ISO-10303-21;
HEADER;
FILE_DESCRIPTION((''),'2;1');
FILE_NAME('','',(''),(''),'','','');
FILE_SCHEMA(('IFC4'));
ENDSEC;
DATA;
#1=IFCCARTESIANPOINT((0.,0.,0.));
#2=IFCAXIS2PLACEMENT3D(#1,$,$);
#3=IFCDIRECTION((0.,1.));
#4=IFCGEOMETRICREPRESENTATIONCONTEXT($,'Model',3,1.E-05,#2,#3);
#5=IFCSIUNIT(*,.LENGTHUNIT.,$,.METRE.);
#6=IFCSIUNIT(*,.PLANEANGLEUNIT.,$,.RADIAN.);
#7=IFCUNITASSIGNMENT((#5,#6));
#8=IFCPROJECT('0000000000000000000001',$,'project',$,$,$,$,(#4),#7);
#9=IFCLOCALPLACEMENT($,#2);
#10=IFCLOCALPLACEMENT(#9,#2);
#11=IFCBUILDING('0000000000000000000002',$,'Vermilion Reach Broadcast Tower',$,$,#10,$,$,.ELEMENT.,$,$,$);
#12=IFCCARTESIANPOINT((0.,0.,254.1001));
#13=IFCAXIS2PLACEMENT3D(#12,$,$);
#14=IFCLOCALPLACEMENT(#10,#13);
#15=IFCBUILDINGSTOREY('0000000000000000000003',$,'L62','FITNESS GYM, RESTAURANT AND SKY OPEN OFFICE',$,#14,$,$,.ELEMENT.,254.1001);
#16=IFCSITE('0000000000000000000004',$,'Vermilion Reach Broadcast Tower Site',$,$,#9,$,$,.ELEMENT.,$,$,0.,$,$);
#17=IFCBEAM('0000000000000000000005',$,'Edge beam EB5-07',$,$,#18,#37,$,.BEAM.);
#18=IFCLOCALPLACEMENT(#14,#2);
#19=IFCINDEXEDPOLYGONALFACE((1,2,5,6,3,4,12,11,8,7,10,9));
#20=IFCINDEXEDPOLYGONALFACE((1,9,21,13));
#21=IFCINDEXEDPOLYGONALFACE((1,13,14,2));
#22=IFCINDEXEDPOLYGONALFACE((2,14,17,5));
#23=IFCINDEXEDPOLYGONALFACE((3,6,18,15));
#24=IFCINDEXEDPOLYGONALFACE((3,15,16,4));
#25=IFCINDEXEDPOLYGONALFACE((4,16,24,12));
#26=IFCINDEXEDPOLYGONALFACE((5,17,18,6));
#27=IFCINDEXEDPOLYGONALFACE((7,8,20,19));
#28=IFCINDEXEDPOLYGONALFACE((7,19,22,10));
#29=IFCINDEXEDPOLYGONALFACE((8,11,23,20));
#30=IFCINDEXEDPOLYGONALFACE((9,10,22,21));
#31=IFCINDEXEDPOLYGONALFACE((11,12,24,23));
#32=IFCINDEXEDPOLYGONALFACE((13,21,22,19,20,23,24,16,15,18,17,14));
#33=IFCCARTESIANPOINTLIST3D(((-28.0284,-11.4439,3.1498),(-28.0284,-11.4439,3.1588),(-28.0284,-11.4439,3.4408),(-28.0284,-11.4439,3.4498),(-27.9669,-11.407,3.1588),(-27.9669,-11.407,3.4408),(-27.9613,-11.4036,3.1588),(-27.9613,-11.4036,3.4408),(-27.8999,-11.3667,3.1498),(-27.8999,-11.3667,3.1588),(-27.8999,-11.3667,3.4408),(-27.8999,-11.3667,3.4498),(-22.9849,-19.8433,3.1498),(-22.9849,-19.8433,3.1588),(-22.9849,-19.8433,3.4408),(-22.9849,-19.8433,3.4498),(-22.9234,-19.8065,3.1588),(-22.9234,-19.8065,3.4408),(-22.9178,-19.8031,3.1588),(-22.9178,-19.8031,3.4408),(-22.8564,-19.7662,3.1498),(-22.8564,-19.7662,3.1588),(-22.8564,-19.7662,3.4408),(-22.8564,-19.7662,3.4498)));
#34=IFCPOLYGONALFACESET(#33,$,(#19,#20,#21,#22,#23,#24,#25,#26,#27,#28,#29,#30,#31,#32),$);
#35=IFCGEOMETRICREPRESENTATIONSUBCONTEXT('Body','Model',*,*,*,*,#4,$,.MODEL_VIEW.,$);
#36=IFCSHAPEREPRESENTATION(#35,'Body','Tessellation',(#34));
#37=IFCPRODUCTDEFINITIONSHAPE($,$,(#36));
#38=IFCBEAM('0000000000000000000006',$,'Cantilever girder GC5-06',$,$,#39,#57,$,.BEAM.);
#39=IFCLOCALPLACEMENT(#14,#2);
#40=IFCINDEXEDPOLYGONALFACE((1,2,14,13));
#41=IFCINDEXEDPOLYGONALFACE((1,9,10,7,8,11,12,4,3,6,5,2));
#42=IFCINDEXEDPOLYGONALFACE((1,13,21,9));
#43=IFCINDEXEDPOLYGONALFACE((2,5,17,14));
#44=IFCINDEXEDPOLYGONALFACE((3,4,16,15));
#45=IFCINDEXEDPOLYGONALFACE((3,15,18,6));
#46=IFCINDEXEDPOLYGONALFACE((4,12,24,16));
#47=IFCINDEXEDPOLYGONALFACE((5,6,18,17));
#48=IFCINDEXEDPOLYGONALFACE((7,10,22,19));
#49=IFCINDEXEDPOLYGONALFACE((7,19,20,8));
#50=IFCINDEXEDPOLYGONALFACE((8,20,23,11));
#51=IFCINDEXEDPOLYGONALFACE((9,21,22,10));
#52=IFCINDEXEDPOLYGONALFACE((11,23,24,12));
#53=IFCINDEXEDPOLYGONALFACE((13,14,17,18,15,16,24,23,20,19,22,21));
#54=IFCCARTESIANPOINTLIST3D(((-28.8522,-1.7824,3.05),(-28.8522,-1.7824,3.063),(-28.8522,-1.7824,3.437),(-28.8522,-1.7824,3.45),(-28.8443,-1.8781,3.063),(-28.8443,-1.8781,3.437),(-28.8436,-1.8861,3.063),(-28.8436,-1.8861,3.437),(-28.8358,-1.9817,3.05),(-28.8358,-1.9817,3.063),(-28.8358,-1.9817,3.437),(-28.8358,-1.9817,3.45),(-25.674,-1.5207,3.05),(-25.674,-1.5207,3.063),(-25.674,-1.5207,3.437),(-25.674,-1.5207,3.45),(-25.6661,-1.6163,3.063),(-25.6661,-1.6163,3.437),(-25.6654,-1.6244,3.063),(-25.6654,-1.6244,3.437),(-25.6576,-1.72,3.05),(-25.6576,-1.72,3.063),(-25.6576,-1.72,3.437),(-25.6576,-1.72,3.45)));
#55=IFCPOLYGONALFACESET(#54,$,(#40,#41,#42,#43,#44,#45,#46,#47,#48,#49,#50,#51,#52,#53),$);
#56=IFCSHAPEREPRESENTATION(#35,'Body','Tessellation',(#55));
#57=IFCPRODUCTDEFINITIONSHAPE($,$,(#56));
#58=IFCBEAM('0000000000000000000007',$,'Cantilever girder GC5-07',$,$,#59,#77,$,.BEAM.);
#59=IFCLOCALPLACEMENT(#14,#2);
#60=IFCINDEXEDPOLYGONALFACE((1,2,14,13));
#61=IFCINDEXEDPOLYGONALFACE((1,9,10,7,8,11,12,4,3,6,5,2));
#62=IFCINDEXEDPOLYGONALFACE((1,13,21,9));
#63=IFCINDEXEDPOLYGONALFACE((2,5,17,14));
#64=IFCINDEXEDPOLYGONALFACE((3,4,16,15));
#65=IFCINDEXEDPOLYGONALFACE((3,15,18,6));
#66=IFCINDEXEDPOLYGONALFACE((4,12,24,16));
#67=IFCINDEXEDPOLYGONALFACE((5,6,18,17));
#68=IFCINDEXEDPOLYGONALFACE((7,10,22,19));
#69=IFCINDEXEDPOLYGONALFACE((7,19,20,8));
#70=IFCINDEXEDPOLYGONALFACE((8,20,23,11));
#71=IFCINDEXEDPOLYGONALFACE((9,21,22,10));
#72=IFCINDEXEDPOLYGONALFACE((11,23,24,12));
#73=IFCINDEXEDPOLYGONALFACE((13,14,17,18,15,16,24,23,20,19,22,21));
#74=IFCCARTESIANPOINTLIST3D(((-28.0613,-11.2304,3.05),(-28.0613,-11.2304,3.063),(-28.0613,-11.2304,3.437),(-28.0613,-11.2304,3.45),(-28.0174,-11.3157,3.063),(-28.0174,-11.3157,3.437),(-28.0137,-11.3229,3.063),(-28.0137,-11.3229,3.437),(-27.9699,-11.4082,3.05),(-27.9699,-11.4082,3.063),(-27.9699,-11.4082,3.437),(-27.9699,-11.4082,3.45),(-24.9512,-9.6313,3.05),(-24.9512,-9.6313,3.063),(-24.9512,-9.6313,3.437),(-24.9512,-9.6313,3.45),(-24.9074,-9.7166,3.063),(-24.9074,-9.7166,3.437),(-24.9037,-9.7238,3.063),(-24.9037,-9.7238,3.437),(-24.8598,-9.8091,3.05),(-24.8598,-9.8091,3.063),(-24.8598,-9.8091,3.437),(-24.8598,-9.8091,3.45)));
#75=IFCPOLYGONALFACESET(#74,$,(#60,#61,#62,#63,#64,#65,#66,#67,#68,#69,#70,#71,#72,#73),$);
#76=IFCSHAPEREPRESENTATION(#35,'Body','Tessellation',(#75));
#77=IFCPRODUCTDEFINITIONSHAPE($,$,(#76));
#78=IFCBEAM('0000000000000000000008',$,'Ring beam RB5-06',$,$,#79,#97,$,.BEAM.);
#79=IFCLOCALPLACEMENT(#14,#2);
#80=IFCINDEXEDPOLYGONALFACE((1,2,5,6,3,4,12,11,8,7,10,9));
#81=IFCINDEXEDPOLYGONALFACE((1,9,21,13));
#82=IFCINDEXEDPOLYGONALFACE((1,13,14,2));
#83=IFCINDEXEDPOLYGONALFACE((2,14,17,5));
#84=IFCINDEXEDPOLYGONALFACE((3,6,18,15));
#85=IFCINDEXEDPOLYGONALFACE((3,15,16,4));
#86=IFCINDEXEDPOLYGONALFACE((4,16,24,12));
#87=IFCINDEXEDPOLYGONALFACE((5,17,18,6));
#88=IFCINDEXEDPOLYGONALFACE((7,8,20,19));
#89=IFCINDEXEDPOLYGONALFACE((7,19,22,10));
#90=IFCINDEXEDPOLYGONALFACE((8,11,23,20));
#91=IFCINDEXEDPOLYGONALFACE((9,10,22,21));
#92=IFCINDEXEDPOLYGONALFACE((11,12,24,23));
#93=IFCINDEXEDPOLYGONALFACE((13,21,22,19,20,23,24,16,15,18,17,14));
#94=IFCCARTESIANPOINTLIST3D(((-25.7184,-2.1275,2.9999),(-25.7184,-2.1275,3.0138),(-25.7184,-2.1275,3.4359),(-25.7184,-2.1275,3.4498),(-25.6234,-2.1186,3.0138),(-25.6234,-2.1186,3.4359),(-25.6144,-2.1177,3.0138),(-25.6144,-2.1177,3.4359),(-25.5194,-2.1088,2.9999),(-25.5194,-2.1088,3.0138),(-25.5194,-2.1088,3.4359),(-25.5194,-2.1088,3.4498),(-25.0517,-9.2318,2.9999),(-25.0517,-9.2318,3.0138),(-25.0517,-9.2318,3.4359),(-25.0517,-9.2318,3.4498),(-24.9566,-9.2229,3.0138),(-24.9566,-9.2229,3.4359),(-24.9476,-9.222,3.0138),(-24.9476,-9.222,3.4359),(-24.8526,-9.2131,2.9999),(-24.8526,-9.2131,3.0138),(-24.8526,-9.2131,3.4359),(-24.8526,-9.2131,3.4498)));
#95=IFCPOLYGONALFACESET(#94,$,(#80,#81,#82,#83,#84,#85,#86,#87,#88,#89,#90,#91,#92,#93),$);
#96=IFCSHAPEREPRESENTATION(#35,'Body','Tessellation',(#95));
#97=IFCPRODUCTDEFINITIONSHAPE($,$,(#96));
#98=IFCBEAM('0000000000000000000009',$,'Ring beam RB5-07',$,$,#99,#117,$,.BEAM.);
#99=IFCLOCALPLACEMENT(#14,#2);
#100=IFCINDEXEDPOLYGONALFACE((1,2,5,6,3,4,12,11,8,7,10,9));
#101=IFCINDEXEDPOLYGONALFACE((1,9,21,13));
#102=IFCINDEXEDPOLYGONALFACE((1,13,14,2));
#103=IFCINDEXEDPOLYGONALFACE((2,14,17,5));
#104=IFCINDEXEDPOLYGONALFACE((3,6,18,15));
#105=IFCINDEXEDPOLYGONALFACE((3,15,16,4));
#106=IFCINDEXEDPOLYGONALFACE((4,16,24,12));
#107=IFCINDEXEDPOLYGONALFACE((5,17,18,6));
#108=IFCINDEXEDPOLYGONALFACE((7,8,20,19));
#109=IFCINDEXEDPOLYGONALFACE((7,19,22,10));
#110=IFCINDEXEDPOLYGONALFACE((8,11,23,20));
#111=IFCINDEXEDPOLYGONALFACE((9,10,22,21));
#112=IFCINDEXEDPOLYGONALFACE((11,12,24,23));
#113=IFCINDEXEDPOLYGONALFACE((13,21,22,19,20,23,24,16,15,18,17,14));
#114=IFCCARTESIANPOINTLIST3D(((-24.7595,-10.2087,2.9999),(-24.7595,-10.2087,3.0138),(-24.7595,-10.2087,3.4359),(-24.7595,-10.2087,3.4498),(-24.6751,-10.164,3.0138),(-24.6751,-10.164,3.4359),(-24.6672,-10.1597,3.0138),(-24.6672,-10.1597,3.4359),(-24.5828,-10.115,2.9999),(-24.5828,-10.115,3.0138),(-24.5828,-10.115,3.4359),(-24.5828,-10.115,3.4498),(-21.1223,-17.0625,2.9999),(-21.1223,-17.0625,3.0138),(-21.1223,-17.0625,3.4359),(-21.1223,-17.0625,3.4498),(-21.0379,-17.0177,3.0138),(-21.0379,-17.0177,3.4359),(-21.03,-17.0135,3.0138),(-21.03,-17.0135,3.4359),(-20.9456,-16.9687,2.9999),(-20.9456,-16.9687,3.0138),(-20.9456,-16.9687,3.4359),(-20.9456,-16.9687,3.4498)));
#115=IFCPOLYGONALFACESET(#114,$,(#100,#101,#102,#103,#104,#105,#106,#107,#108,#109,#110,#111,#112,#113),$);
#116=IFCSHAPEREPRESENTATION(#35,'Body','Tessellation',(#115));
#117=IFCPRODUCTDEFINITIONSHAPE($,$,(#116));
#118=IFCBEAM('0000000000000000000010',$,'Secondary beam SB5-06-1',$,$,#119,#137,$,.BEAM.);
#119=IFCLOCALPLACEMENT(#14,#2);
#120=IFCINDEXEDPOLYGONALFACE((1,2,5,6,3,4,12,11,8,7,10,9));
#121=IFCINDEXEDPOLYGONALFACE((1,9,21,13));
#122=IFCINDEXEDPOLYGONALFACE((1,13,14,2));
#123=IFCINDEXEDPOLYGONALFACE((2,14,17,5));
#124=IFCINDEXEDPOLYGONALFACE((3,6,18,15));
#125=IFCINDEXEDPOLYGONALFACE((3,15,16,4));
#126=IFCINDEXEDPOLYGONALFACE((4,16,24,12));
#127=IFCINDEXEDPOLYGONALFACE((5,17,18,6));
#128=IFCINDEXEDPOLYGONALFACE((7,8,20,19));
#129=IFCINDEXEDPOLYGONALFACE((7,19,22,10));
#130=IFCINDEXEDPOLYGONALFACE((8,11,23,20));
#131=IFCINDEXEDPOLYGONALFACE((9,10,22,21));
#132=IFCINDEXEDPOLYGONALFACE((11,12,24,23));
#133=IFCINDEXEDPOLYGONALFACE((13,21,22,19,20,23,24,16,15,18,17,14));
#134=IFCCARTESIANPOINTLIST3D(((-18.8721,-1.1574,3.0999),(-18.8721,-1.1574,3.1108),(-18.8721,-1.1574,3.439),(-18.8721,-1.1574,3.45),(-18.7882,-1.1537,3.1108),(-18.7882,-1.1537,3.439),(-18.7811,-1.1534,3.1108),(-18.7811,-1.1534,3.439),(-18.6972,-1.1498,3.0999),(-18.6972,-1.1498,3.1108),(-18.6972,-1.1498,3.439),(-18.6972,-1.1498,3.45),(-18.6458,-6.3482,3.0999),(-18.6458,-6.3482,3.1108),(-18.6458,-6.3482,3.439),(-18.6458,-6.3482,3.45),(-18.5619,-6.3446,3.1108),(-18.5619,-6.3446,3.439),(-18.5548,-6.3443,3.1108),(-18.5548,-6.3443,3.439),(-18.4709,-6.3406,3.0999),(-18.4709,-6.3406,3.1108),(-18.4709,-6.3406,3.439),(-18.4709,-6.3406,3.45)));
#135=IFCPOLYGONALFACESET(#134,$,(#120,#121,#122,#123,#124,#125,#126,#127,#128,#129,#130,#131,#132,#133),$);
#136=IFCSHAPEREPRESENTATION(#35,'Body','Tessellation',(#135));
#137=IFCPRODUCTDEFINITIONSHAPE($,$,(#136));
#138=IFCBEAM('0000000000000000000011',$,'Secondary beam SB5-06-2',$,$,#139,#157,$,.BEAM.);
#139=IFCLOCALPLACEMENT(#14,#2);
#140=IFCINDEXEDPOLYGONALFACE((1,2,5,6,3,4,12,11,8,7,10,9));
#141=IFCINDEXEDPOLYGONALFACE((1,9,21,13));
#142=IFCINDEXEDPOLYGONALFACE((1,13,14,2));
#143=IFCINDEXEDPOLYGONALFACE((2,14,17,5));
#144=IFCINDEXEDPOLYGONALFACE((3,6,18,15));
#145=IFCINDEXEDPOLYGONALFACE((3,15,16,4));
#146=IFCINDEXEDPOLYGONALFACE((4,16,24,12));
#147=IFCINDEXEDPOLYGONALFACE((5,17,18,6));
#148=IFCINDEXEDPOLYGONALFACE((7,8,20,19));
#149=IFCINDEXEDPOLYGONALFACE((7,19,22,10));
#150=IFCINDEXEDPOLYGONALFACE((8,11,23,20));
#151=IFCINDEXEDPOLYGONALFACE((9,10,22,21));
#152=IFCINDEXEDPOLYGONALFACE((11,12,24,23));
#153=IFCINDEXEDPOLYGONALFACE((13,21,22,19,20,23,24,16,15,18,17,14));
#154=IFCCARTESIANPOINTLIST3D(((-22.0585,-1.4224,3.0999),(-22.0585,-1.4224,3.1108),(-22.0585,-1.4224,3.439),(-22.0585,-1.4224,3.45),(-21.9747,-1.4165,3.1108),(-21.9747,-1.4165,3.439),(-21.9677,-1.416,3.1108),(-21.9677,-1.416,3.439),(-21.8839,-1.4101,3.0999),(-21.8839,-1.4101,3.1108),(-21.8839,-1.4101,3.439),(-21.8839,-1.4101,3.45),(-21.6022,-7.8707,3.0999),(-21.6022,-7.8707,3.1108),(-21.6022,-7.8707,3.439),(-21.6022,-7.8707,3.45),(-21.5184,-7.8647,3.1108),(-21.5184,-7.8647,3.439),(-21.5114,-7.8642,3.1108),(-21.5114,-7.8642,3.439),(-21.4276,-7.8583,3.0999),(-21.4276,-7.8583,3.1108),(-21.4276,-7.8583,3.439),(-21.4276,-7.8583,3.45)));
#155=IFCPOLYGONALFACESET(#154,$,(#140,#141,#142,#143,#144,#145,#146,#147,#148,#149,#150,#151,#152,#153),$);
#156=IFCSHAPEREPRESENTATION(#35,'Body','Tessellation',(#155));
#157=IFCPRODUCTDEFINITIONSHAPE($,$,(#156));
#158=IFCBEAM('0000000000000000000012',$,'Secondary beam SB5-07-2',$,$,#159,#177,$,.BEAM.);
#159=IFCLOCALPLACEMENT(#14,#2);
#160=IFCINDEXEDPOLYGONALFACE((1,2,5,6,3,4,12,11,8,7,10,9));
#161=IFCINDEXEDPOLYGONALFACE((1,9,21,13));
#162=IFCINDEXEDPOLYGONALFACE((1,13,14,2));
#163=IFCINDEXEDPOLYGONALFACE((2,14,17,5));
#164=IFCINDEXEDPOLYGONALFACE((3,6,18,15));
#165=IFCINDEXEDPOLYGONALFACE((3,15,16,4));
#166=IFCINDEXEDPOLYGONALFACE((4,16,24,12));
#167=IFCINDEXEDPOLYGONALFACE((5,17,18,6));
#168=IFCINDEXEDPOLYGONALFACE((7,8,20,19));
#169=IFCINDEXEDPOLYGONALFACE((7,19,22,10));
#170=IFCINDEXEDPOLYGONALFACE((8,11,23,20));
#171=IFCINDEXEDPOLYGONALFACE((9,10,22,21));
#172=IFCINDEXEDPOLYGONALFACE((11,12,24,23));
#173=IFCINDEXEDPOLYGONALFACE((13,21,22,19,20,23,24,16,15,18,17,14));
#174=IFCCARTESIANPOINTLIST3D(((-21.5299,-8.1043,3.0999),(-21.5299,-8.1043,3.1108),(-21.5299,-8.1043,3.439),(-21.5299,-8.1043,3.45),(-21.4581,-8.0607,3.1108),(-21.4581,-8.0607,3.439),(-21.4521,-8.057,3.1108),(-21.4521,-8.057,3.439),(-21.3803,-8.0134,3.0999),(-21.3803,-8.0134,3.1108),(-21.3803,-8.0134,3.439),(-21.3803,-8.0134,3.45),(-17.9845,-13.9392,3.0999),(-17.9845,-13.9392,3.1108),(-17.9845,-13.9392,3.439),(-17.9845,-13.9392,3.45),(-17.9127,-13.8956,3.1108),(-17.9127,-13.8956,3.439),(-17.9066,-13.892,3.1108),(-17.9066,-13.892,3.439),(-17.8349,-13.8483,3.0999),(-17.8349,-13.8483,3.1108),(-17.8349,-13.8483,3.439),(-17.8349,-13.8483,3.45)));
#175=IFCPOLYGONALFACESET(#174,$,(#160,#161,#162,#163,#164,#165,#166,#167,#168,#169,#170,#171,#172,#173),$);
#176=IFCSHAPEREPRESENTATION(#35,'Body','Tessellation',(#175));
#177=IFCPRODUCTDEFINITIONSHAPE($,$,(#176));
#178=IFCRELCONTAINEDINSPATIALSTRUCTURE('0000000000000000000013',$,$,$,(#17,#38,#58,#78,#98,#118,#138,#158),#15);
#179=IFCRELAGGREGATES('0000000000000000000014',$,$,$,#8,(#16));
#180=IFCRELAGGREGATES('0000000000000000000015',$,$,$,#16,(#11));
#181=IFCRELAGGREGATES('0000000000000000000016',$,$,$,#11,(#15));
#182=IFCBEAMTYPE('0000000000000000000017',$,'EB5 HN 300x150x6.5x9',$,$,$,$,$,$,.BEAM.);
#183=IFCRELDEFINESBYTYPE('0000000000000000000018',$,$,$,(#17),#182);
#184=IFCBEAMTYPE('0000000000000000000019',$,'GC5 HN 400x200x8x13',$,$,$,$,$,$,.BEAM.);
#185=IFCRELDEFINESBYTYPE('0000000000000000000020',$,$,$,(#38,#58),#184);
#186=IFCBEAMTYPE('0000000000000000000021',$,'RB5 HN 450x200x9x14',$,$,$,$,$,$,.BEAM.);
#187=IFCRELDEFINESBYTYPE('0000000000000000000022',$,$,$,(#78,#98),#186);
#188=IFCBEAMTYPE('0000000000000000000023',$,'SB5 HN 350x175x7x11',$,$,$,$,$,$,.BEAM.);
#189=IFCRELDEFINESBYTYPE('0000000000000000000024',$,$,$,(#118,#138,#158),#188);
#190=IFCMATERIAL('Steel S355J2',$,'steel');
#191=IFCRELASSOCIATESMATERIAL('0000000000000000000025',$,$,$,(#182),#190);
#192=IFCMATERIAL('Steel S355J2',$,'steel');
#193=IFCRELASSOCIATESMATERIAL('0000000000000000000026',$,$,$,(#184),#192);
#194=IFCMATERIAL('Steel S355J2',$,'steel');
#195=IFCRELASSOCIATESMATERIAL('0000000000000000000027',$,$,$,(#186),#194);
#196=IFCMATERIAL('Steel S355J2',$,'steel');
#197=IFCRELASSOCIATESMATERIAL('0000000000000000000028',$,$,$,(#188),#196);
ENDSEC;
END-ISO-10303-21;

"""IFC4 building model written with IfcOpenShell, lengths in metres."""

from ifc_helpers import new_model, si_unit, direction, frame, origin, origin_2d, place, context, subcontext, project, spatial, i_section, extrude, material, material_profile, profile_set, type_object, element, save


model = new_model("IFC4")

# Units and contexts
model_context = context("Model", 3, precision=1e-05, world=origin(), true_north=direction((0.0, 1.0)))
body_context = subcontext(model_context, "Body", "Model", "MODEL_VIEW")
ifc_project = project(units=[si_unit("LENGTHUNIT", "METRE"), si_unit("PLANEANGLEUNIT", "RADIAN")], contexts=[model_context])

# Site, building, storey
site_placement = place(None, origin())
site = spatial("IfcSite", under=ifc_project, at=site_placement, Name="Vermilion Reach Broadcast Tower Site", CompositionType="ELEMENT", RefElevation=0.0)
building_placement = place(site_placement, origin())
building = spatial("IfcBuilding", under=site, at=building_placement, Name="Vermilion Reach Broadcast Tower", CompositionType="ELEMENT")
storey_placement = place(building_placement, frame((0.0, 0.0, 254.1001)))
storey = spatial("IfcBuildingStorey", under=building, at=storey_placement, Name="L62", Description="FITNESS GYM, RESTAURANT AND SKY OPEN OFFICE", CompositionType="ELEMENT", Elevation=254.1001)

# Beams
ifc_material_1 = material(Name="Steel S355J2", Category="steel")
ifc_material_profile_1 = material_profile(ifc_material_1, i_section(OverallWidth=0.1499, OverallDepth=0.3, WebThickness=0.0066, FlangeThickness=0.009, at=origin_2d()), Name="S355J2 HN 300x150x6.5x9")
ifc_profile_set_1 = profile_set([ifc_material_profile_1], Name="Steel S355J2")
beam_type_1 = type_object("IfcBeamType", Name="EB5 HN 300x150x6.5x9", PredefinedType="BEAM", material=ifc_profile_set_1)
beam_1_placement = place(storey_placement, frame((-27.9641, -11.4053, 3.2998), z_axis=(0.514782, -0.857321, 0.0), x_axis=(0.857321, 0.514782, 0.0)))
element("IfcBeam", 1, at=beam_1_placement, inside=storey, type_object=beam_type_1, Name="Edge beam EB5-07", PredefinedType="BEAM", context=body_context, shape_type="SweptSolid", body=[
    extrude(i_section(OverallWidth=0.1499, OverallDepth=0.3, WebThickness=0.0066, FlangeThickness=0.009, at=origin_2d()), origin(), (0.0, 0.0, 1.0), 9.7974),
])
ifc_material_2 = material(Name="Steel S355J2", Category="steel")
ifc_material_profile_2 = material_profile(ifc_material_2, i_section(OverallWidth=0.2, OverallDepth=0.3999, WebThickness=0.0081, FlangeThickness=0.0129, at=origin_2d()), Name="S355J2 HN 400x200x8x13")
ifc_profile_set_2 = profile_set([ifc_material_profile_2], Name="Steel S355J2")
beam_type_2 = type_object("IfcBeamType", Name="GC5 HN 400x200x8x13", PredefinedType="BEAM", material=ifc_profile_set_2)
beam_2_placement = place(storey_placement, frame((-25.6658, -1.6204, 3.25), z_axis=(-0.996627, -0.08207, 0.0), x_axis=(0.08207, -0.996627, 0.0)))
element("IfcBeam", 2, at=beam_2_placement, inside=storey, type_object=beam_type_2, Name="Cantilever girder GC5-06", PredefinedType="BEAM", context=body_context, shape_type="SweptSolid", body=[
    extrude(i_section(OverallWidth=0.2, OverallDepth=0.3999, WebThickness=0.0081, FlangeThickness=0.0129, at=origin_2d()), origin(), (0.0, 0.0, 1.0), 3.189),
])
beam_3_placement = place(storey_placement, frame((-24.9055, -9.7202, 3.25), z_axis=(-0.88933, -0.457266, 0.0), x_axis=(0.457266, -0.88933, 0.0)))
element("IfcBeam", 3, at=beam_3_placement, inside=storey, type_object=beam_type_2, Name="Cantilever girder GC5-07", PredefinedType="BEAM", context=body_context, shape_type="SweptSolid", body=[
    extrude(i_section(OverallWidth=0.2, OverallDepth=0.3999, WebThickness=0.0081, FlangeThickness=0.0129, at=origin_2d()), origin(), (0.0, 0.0, 1.0), 3.4971),
])
ifc_material_3 = material(Name="Steel S355J2", Category="steel")
ifc_material_profile_3 = material_profile(ifc_material_3, i_section(OverallWidth=0.2, OverallDepth=0.45, WebThickness=0.009, FlangeThickness=0.0139, at=origin_2d()), Name="S355J2 HN 450x200x9x14")
ifc_profile_set_3 = profile_set([ifc_material_profile_3], Name="Steel S355J2")
beam_type_3 = type_object("IfcBeamType", Name="RB5 HN 450x200x9x14", PredefinedType="BEAM", material=ifc_profile_set_3)
beam_4_placement = place(storey_placement, frame((-25.6189, -2.1182, 3.2249), z_axis=(0.093441, -0.995625, 0.0), x_axis=(0.995625, 0.093441, 0.0)))
element("IfcBeam", 4, at=beam_4_placement, inside=storey, type_object=beam_type_3, Name="Ring beam RB5-06", PredefinedType="BEAM", context=body_context, shape_type="SweptSolid", body=[
    extrude(i_section(OverallWidth=0.2, OverallDepth=0.45, WebThickness=0.009, FlangeThickness=0.0139, at=origin_2d()), origin(), (0.0, 0.0, 1.0), 7.1355),
])
beam_5_placement = place(storey_placement, frame((-24.6711, -10.1619, 3.2249), z_axis=(0.468768, -0.883321, 0.0), x_axis=(0.883321, 0.468768, 0.0)))
element("IfcBeam", 5, at=beam_5_placement, inside=storey, type_object=beam_type_3, Name="Ring beam RB5-07", PredefinedType="BEAM", context=body_context, shape_type="SweptSolid", body=[
    extrude(i_section(OverallWidth=0.2, OverallDepth=0.45, WebThickness=0.009, FlangeThickness=0.0139, at=origin_2d()), origin(), (0.0, 0.0, 1.0), 7.759),
])
ifc_material_4 = material(Name="Steel S355J2", Category="steel")
ifc_material_profile_4 = material_profile(ifc_material_4, i_section(OverallWidth=0.175, OverallDepth=0.3501, WebThickness=0.0071, FlangeThickness=0.011, at=origin_2d()), Name="S355J2 HN 350x175x7x11")
ifc_profile_set_4 = profile_set([ifc_material_profile_4], Name="Steel S355J2")
beam_type_4 = type_object("IfcBeamType", Name="SB5 HN 350x175x7x11", PredefinedType="BEAM", material=ifc_profile_set_4)
beam_6_placement = place(storey_placement, frame((-18.7847, -1.1536, 3.2749), z_axis=(0.043558, -0.999051, 0.0), x_axis=(0.999051, 0.043558, 0.0)))
element("IfcBeam", 6, at=beam_6_placement, inside=storey, type_object=beam_type_4, Name="Secondary beam SB5-06-1", PredefinedType="BEAM", context=body_context, shape_type="SweptSolid", body=[
    extrude(i_section(OverallWidth=0.175, OverallDepth=0.3501, WebThickness=0.0071, FlangeThickness=0.011, at=origin_2d()), origin(), (0.0, 0.0, 1.0), 5.1958),
])
beam_7_placement = place(storey_placement, frame((-21.9712, -1.4163, 3.2749), z_axis=(0.070587, -0.997506, 0.0), x_axis=(0.997506, 0.070587, 0.0)))
element("IfcBeam", 7, at=beam_7_placement, inside=storey, type_object=beam_type_4, Name="Secondary beam SB5-06-2", PredefinedType="BEAM", context=body_context, shape_type="SweptSolid", body=[
    extrude(i_section(OverallWidth=0.175, OverallDepth=0.3501, WebThickness=0.0071, FlangeThickness=0.011, at=origin_2d()), origin(), (0.0, 0.0, 1.0), 6.4644),
])
beam_8_placement = place(storey_placement, frame((-21.4551, -8.0588, 3.2749), z_axis=(0.519273, -0.854608, 0.0), x_axis=(0.854608, 0.519273, 0.0)))
element("IfcBeam", 8, at=beam_8_placement, inside=storey, type_object=beam_type_4, Name="Secondary beam SB5-07-2", PredefinedType="BEAM", context=body_context, shape_type="SweptSolid", body=[
    extrude(i_section(OverallWidth=0.175, OverallDepth=0.3501, WebThickness=0.0071, FlangeThickness=0.011, at=origin_2d()), origin(), (0.0, 0.0, 1.0), 6.8276),
])

save(model, "model.ifc")
